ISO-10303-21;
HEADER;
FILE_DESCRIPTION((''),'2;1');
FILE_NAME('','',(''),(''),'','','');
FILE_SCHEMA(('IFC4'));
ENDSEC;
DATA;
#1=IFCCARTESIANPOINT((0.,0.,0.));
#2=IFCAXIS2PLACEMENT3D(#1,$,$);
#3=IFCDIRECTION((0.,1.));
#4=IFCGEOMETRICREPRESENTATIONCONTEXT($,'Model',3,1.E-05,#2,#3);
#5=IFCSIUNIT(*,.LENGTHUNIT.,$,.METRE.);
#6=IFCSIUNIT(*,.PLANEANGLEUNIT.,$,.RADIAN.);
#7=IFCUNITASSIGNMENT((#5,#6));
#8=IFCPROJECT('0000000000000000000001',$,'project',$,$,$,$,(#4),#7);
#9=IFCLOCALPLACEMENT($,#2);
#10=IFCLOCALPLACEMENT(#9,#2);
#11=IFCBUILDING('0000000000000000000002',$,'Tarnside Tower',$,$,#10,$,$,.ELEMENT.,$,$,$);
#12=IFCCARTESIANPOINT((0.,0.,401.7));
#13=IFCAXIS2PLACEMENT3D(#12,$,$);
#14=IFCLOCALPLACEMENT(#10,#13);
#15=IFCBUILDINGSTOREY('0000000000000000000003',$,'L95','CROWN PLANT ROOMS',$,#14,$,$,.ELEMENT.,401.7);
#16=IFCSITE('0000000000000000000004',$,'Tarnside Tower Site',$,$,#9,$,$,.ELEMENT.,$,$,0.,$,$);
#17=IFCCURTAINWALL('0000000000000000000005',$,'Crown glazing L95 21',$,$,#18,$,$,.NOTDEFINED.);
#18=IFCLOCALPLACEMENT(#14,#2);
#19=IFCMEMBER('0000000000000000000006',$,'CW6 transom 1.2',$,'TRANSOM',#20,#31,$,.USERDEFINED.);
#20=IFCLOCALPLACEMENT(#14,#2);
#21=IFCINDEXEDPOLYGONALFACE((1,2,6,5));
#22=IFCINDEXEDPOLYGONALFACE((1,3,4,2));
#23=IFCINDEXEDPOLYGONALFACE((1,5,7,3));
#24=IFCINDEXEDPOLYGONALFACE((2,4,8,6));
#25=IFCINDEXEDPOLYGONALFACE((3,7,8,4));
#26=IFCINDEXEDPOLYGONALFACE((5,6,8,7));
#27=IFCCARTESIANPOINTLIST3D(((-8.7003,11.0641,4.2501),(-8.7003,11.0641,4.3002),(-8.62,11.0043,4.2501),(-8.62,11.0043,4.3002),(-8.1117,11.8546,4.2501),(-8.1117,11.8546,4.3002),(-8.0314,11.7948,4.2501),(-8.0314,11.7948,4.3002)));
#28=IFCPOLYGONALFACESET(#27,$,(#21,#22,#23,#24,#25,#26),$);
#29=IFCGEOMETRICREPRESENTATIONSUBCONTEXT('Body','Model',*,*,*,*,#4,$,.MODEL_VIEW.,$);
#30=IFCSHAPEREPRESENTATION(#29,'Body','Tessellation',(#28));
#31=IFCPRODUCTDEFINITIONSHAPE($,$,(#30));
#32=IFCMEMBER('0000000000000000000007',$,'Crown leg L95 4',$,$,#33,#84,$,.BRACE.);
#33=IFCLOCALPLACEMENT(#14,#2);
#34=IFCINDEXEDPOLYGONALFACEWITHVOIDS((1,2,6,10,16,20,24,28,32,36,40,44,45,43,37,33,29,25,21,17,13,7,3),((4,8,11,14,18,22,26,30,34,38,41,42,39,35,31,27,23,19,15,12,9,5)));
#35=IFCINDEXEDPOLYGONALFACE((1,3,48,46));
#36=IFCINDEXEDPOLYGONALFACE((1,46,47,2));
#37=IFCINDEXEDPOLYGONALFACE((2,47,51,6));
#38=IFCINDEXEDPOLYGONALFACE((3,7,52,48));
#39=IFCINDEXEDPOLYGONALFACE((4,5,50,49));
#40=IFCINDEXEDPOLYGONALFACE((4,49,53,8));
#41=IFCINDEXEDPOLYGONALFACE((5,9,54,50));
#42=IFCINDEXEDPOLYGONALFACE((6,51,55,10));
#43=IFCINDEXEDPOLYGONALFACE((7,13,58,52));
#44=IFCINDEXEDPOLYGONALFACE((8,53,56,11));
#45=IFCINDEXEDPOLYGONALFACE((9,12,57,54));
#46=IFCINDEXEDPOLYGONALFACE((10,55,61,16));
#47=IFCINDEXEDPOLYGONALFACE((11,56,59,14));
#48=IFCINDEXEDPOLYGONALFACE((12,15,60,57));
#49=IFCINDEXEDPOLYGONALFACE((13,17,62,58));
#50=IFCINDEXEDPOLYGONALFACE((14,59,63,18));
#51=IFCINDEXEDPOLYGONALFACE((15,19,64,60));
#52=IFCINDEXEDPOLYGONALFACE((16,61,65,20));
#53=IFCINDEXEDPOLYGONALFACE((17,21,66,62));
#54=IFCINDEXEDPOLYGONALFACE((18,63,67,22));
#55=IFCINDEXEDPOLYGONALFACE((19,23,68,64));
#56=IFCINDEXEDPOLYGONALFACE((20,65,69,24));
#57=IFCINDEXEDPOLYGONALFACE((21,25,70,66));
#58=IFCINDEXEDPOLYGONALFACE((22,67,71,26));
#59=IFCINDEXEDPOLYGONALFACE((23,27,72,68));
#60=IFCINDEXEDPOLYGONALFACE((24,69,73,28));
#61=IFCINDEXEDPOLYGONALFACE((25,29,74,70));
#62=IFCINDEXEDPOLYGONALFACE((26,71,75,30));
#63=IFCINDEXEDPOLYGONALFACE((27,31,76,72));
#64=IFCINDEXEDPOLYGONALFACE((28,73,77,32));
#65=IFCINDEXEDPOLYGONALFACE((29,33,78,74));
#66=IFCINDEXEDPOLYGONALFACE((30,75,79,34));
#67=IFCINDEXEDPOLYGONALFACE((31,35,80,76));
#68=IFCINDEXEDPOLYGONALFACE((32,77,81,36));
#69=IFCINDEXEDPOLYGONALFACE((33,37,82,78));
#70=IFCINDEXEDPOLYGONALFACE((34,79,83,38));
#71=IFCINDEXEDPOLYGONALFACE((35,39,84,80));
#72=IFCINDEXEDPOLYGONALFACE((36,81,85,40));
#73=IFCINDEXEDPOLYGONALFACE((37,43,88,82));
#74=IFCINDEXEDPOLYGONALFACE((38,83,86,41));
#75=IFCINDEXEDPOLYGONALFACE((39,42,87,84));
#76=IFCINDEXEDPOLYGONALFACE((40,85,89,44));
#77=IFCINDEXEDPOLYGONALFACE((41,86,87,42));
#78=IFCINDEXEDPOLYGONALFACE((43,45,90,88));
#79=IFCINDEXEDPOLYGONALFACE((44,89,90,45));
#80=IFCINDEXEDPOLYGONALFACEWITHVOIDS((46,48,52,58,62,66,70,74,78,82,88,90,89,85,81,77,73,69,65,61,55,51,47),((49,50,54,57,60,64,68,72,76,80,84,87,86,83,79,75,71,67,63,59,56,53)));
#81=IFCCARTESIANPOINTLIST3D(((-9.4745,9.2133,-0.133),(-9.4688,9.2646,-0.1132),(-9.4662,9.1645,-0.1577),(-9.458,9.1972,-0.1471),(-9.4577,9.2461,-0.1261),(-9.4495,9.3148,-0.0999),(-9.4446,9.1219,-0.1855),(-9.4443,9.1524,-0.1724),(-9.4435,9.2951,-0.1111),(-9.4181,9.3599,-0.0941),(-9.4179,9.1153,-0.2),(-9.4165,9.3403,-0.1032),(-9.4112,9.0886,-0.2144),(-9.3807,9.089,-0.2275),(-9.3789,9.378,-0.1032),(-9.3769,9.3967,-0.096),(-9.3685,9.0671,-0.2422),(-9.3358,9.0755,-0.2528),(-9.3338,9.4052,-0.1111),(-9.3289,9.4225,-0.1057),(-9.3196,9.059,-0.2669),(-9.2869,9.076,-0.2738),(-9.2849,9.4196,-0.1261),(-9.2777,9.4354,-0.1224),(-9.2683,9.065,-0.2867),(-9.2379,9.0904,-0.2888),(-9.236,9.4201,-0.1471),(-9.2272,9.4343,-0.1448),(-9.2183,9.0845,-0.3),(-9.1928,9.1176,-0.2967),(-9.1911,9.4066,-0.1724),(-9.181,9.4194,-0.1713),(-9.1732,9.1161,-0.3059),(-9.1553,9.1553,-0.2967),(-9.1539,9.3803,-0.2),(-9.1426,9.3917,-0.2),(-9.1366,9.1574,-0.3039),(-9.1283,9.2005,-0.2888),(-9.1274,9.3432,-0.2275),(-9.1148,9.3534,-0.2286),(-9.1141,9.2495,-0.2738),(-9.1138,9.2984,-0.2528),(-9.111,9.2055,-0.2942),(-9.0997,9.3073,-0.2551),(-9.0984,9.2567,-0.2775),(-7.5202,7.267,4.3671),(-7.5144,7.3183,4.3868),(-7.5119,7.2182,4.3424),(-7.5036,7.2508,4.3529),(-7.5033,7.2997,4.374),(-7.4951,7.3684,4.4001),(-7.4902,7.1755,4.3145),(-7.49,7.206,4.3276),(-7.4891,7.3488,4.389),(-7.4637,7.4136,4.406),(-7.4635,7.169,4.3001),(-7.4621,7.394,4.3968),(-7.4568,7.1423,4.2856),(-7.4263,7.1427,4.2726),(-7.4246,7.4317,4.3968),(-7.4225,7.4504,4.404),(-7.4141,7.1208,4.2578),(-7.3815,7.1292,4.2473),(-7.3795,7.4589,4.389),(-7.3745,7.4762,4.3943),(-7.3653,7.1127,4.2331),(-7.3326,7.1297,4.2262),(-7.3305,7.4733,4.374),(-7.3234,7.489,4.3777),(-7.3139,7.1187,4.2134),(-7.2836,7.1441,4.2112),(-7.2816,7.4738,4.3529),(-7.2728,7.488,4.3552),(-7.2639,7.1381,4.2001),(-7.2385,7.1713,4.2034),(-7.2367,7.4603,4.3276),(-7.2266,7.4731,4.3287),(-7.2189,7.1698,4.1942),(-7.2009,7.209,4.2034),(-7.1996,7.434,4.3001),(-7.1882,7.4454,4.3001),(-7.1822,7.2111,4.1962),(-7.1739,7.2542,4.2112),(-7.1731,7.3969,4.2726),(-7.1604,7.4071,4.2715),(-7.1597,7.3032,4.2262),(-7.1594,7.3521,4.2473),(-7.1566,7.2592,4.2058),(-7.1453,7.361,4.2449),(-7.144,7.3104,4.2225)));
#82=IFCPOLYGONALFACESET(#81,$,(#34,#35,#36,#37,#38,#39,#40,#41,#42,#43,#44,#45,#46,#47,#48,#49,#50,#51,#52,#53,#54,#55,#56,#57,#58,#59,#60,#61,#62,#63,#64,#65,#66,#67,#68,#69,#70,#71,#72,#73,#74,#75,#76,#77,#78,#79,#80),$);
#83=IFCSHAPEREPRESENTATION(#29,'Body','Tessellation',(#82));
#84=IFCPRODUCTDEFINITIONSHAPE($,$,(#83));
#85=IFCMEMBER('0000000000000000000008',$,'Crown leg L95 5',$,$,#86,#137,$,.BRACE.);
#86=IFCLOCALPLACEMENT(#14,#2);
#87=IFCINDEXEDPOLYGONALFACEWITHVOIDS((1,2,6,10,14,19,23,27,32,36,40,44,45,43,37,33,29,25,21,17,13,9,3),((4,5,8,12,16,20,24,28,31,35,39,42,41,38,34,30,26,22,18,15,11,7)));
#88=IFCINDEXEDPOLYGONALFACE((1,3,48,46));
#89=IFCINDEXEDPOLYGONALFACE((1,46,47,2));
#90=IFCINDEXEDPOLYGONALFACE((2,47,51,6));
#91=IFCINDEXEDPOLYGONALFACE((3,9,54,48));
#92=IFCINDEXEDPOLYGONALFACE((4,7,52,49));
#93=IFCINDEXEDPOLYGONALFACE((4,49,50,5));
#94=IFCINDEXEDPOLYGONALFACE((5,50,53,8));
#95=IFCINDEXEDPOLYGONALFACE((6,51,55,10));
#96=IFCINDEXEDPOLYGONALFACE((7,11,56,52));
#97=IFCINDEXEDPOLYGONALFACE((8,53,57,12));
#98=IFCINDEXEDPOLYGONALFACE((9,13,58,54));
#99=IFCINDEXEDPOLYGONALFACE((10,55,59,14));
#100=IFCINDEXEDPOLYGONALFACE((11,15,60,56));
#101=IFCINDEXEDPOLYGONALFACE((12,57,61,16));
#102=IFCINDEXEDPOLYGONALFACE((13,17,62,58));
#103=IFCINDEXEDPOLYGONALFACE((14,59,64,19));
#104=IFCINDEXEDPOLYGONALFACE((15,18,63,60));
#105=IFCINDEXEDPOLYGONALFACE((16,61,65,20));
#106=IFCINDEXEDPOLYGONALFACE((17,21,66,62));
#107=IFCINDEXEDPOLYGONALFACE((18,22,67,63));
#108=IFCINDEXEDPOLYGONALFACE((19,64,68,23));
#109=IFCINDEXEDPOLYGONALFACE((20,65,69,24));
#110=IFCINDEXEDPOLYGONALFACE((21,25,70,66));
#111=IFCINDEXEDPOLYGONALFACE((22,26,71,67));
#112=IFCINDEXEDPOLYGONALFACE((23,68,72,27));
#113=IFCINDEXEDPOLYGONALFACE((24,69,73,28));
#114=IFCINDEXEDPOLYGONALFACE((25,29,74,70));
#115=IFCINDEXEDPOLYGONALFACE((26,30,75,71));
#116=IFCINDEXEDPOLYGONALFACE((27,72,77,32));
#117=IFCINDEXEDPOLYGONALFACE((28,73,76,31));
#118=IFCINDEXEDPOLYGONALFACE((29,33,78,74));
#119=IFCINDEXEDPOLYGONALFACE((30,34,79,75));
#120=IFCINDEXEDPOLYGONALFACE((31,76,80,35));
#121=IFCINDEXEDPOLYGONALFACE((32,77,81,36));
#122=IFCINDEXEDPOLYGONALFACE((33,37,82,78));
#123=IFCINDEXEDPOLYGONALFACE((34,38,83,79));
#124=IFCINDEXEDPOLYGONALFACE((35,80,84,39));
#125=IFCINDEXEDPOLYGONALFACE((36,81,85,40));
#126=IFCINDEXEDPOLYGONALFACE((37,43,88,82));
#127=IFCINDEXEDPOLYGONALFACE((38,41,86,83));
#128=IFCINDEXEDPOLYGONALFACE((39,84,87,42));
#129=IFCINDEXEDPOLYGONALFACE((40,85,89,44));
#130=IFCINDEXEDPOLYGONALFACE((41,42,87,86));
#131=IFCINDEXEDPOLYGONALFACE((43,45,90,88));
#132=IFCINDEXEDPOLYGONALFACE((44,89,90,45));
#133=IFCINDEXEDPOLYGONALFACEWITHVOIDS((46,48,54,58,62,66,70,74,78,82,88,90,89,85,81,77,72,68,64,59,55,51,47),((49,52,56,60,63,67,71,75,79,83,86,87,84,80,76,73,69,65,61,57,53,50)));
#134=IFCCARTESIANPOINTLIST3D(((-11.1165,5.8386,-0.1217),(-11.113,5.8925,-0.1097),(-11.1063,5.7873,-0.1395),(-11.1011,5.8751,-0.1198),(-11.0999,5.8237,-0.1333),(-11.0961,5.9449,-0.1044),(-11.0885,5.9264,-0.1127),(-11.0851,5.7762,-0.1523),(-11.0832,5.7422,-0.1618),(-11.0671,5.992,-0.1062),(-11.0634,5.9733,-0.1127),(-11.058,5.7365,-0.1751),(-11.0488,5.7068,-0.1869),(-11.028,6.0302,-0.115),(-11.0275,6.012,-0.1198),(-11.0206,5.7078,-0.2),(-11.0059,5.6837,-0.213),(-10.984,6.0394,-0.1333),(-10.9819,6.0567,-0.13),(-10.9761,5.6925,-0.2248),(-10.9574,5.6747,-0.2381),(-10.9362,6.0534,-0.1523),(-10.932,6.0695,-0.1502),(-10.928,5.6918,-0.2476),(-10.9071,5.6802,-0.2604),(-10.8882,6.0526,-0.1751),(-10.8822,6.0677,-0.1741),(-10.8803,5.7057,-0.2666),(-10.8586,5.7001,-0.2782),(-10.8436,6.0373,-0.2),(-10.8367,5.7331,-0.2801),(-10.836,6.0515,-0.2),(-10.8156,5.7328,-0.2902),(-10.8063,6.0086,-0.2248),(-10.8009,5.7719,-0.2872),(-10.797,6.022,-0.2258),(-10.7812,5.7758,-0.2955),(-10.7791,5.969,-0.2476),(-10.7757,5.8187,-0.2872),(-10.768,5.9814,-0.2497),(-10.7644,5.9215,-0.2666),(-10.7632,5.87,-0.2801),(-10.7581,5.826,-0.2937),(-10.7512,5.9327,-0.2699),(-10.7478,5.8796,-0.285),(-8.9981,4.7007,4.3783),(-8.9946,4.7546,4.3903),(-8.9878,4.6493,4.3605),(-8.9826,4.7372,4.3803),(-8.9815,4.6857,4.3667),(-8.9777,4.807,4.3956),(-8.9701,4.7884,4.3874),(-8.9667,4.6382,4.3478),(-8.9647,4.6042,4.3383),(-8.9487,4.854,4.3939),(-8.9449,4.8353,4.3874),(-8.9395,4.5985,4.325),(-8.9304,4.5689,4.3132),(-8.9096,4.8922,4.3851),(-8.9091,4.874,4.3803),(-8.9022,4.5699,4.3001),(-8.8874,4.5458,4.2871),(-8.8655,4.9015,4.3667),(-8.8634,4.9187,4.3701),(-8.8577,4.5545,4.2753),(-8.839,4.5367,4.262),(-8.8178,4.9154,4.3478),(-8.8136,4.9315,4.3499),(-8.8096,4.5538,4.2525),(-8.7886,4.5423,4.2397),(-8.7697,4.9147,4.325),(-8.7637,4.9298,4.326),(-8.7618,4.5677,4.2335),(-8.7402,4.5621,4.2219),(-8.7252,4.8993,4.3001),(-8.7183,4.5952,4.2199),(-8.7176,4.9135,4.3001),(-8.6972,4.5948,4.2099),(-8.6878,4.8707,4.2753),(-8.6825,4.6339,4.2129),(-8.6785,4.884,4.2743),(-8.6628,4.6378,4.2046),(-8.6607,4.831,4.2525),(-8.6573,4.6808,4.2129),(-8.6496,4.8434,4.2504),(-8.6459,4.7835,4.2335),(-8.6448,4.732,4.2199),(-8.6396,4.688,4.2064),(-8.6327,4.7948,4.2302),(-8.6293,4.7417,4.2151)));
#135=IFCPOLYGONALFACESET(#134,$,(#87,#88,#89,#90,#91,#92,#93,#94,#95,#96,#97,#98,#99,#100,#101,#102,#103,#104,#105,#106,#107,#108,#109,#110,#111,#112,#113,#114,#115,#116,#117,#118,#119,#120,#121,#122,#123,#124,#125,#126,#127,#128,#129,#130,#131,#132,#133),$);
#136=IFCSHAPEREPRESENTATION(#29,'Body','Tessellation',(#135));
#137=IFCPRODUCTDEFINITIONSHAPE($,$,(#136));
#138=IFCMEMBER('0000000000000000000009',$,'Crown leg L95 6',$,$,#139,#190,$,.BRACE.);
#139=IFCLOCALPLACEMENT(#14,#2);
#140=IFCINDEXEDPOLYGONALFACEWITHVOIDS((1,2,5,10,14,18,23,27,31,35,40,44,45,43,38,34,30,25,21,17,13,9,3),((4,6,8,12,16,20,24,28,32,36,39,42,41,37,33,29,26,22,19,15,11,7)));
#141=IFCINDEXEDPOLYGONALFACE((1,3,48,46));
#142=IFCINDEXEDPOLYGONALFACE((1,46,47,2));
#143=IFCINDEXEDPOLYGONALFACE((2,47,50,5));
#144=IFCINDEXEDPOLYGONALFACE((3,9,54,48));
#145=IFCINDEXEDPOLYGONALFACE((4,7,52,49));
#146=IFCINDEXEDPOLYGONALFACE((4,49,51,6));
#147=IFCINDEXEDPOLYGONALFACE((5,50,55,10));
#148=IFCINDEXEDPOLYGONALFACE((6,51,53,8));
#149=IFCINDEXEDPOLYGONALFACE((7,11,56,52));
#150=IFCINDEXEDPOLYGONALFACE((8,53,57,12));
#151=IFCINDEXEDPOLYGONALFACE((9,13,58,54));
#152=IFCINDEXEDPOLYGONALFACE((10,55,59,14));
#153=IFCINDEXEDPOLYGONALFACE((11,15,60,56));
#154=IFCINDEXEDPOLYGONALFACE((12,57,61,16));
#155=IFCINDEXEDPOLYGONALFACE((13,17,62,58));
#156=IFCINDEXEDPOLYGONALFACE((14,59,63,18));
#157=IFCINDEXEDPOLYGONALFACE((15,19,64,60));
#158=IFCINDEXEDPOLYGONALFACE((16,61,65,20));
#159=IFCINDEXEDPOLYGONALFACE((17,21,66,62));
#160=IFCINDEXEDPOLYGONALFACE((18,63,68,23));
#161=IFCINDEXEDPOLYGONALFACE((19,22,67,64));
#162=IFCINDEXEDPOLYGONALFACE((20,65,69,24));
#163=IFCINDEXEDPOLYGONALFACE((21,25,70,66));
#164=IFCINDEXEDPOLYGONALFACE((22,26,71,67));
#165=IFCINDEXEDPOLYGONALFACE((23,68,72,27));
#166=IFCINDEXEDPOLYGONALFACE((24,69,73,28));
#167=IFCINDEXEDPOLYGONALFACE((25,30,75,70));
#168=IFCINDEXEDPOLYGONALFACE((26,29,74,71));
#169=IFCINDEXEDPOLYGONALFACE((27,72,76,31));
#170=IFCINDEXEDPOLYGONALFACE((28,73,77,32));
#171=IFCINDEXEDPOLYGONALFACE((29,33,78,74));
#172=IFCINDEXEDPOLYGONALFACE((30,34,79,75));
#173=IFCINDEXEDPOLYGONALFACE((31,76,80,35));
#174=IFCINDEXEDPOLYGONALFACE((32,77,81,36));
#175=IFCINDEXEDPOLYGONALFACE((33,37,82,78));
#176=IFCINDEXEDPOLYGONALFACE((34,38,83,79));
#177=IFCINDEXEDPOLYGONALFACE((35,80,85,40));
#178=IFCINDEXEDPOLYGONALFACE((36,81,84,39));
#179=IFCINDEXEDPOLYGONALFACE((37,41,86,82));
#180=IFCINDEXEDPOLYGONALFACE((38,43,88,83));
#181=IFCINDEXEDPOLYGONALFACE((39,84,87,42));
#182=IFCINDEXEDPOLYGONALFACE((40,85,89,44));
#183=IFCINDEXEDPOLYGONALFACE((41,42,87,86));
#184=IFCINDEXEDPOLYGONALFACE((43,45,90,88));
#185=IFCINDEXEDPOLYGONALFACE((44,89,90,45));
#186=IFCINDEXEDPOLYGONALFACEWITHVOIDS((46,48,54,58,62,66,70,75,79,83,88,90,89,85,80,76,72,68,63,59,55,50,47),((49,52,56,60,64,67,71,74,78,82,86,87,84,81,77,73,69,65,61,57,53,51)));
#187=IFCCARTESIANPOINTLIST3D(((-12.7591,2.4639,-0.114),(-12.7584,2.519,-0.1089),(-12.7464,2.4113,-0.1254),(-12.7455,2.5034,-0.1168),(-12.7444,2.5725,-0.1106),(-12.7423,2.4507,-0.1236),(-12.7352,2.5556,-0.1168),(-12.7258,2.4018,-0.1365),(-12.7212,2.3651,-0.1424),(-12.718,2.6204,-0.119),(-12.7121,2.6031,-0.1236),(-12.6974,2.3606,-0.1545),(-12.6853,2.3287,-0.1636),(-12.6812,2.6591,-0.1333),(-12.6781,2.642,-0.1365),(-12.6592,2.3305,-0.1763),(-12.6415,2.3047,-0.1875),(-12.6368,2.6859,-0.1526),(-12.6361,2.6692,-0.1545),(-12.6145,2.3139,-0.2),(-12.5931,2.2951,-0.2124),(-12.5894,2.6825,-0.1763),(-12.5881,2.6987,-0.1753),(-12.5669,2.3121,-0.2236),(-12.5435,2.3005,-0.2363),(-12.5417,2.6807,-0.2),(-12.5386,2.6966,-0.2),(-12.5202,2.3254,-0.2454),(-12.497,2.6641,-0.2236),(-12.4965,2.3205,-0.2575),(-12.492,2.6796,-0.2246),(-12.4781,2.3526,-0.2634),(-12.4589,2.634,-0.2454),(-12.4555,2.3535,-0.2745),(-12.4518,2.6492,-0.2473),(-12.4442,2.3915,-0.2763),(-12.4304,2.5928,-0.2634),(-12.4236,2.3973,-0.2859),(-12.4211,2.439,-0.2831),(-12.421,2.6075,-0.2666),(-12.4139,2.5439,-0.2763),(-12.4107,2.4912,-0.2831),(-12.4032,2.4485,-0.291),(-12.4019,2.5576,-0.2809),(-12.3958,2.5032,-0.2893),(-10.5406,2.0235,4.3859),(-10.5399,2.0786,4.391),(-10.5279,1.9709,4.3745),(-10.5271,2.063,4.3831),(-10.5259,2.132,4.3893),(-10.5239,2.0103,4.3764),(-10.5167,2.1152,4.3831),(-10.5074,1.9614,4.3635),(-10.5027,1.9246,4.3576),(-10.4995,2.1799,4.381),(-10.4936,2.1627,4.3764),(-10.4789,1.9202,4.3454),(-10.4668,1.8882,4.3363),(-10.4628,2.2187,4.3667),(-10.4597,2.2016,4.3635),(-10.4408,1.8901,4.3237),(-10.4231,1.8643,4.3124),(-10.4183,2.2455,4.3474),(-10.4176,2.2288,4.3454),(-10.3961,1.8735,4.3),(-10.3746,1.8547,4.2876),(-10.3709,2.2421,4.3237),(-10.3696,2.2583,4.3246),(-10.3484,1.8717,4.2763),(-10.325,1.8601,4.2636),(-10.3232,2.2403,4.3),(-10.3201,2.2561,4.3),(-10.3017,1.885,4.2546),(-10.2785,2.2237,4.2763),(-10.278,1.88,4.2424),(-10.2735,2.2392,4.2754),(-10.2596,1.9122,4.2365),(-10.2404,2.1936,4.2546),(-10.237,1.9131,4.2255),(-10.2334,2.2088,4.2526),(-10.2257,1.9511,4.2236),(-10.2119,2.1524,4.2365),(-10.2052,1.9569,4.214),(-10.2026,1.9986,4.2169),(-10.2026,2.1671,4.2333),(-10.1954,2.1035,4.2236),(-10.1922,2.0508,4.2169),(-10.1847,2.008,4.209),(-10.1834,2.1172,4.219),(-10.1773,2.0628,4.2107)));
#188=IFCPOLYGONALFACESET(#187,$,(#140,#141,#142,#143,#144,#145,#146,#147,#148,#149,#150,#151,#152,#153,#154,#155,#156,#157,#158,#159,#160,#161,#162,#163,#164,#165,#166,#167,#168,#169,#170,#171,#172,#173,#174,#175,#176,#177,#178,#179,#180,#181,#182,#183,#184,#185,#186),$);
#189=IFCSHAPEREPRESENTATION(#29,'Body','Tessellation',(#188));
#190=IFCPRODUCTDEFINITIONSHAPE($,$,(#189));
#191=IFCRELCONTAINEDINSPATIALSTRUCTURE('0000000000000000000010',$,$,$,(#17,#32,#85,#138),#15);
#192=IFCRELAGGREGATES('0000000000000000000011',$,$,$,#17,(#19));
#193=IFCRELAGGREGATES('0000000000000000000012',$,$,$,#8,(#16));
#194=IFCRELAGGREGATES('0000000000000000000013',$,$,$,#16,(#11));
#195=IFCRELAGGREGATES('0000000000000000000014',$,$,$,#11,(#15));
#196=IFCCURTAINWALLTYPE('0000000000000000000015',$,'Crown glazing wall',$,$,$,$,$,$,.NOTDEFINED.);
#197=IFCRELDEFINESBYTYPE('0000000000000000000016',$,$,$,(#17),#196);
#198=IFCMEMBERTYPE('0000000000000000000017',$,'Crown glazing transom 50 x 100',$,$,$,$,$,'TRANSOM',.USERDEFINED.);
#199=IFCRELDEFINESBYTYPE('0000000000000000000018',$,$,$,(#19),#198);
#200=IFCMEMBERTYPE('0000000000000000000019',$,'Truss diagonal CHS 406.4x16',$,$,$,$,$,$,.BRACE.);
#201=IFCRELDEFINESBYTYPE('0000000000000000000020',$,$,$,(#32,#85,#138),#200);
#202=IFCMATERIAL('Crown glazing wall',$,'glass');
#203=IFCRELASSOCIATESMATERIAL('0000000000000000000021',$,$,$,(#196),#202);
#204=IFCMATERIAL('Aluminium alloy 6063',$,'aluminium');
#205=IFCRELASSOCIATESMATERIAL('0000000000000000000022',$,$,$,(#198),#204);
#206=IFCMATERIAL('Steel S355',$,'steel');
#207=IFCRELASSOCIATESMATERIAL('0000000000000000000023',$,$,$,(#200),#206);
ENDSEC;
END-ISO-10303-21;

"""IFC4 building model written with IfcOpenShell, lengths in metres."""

from ifc_helpers import new_model, si_unit, direction, frame, origin, origin_2d, place, context, subcontext, project, spatial, rectangle, hollow_circle, extrude, material, material_profile, profile_set, type_object, element, aggregate, save


model = new_model("IFC4")

# Units and contexts
model_context = context("Model", 3, precision=1e-05, world=origin(), true_north=direction((0.0, 1.0)))
body_context = subcontext(model_context, "Body", "Model", "MODEL_VIEW")
ifc_project = project(units=[si_unit("LENGTHUNIT", "METRE"), si_unit("PLANEANGLEUNIT", "RADIAN")], contexts=[model_context])

# Site, building, storey
site_placement = place(None, origin())
site = spatial("IfcSite", under=ifc_project, at=site_placement, Name="Tarnside Tower Site", CompositionType="ELEMENT", RefElevation=0.0)
building_placement = place(site_placement, origin())
building = spatial("IfcBuilding", under=site, at=building_placement, Name="Tarnside Tower", CompositionType="ELEMENT")
storey_placement = place(building_placement, frame((0.0, 0.0, 401.7)))
storey = spatial("IfcBuildingStorey", under=building, at=storey_placement, Name="L95", Description="CROWN PLANT ROOMS", CompositionType="ELEMENT", Elevation=401.7)

# Shared definitions
ifc_material_1 = material(Name="Crown glazing wall", Category="glass")
curtain_wall_type = type_object("IfcCurtainWallType", Name="Crown glazing wall", PredefinedType="NOTDEFINED", material=ifc_material_1)
ifc_material_2 = material(Name="Aluminium alloy 6063", Category="aluminium")

# Curtain wall
curtain_wall_1_placement = place(storey_placement, origin())
curtain_wall_1 = element("IfcCurtainWall", 1, at=curtain_wall_1_placement, inside=storey, type_object=curtain_wall_type, Name="Crown glazing L95 21", PredefinedType="NOTDEFINED")

# Member
ifc_material_profile_1 = material_profile(ifc_material_2, rectangle(XDim=0.1001, YDim=0.05, at=origin_2d()), Name="Crown glazing transom 50 x 100")
ifc_profile_set_1 = profile_set([ifc_material_profile_1], Name="Aluminium alloy 6063")
member_type_1 = type_object("IfcMemberType", Name="Crown glazing transom 50 x 100", ElementType="TRANSOM", PredefinedType="USERDEFINED", material=ifc_profile_set_1)
member_1_placement = place(storey_placement, frame((-8.6602, 11.0342, 4.2751), z_axis=(0.597222, 0.802076, 0.0), x_axis=(-0.802076, 0.597222, 0.0)))
member_1 = element("IfcMember", 2, at=member_1_placement, type_object=member_type_1, Name="CW6 transom 1.2", ObjectType="TRANSOM", PredefinedType="USERDEFINED", context=body_context, shape_type="SweptSolid", body=[
    extrude(rectangle(XDim=0.1001, YDim=0.05, at=origin_2d()), origin(), (0.0, 0.0, 1.0), 0.9856),
])
aggregate(curtain_wall_1, [member_1])

# Members
ifc_material_3 = material(Name="Steel S355", Category="steel")
ifc_material_profile_2 = material_profile(ifc_material_3, hollow_circle(Radius=0.2031, WallThickness=0.0161, at=origin_2d()), Name="CHS 406.4x16")
ifc_profile_set_2 = profile_set([ifc_material_profile_2], Name="Steel S355")
member_type_2 = type_object("IfcMemberType", Name="Truss diagonal CHS 406.4x16", PredefinedType="BRACE", material=ifc_profile_set_2)
member_2_placement = place(storey_placement, frame((-9.2859, 9.2478, -0.2), z_axis=(0.37028, -0.368754, 0.852592), x_axis=(0.705645, 0.708566, 0.0)))
element("IfcMember", 3, at=member_2_placement, inside=storey, type_object=member_type_2, Name="Crown leg L95 4", PredefinedType="BRACE", context=body_context, shape_type="SweptSolid", body=[
    extrude(hollow_circle(Radius=0.2031, WallThickness=0.0161, at=origin_2d()), origin(), (0.0, 0.0, 1.0), 5.2781),
])
member_3_placement = place(storey_placement, frame((-10.9321, 5.8726, -0.2), z_axis=(0.415194, -0.223029, 0.881971), x_axis=(0.473216, 0.880947, 0.0)))
element("IfcMember", 4, at=member_3_placement, inside=storey, type_object=member_type_2, Name="Crown leg L95 5", PredefinedType="BRACE", context=body_context, shape_type="SweptSolid", body=[
    extrude(hollow_circle(Radius=0.2031, WallThickness=0.0161, at=origin_2d()), origin(), (0.0, 0.0, 1.0), 5.1023),
])
member_4_placement = place(storey_placement, frame((-12.5781, 2.4973, -0.2), z_axis=(0.440491, -0.087449, 0.893488), x_axis=(0.194725, 0.980858, 0.0)))
element("IfcMember", 5, at=member_4_placement, inside=storey, type_object=member_type_2, Name="Crown leg L95 6", PredefinedType="BRACE", context=body_context, shape_type="SweptSolid", body=[
    extrude(hollow_circle(Radius=0.2031, WallThickness=0.0161, at=origin_2d()), origin(), (0.0, 0.0, 1.0), 5.0364),
])

save(model, "model.ifc")
